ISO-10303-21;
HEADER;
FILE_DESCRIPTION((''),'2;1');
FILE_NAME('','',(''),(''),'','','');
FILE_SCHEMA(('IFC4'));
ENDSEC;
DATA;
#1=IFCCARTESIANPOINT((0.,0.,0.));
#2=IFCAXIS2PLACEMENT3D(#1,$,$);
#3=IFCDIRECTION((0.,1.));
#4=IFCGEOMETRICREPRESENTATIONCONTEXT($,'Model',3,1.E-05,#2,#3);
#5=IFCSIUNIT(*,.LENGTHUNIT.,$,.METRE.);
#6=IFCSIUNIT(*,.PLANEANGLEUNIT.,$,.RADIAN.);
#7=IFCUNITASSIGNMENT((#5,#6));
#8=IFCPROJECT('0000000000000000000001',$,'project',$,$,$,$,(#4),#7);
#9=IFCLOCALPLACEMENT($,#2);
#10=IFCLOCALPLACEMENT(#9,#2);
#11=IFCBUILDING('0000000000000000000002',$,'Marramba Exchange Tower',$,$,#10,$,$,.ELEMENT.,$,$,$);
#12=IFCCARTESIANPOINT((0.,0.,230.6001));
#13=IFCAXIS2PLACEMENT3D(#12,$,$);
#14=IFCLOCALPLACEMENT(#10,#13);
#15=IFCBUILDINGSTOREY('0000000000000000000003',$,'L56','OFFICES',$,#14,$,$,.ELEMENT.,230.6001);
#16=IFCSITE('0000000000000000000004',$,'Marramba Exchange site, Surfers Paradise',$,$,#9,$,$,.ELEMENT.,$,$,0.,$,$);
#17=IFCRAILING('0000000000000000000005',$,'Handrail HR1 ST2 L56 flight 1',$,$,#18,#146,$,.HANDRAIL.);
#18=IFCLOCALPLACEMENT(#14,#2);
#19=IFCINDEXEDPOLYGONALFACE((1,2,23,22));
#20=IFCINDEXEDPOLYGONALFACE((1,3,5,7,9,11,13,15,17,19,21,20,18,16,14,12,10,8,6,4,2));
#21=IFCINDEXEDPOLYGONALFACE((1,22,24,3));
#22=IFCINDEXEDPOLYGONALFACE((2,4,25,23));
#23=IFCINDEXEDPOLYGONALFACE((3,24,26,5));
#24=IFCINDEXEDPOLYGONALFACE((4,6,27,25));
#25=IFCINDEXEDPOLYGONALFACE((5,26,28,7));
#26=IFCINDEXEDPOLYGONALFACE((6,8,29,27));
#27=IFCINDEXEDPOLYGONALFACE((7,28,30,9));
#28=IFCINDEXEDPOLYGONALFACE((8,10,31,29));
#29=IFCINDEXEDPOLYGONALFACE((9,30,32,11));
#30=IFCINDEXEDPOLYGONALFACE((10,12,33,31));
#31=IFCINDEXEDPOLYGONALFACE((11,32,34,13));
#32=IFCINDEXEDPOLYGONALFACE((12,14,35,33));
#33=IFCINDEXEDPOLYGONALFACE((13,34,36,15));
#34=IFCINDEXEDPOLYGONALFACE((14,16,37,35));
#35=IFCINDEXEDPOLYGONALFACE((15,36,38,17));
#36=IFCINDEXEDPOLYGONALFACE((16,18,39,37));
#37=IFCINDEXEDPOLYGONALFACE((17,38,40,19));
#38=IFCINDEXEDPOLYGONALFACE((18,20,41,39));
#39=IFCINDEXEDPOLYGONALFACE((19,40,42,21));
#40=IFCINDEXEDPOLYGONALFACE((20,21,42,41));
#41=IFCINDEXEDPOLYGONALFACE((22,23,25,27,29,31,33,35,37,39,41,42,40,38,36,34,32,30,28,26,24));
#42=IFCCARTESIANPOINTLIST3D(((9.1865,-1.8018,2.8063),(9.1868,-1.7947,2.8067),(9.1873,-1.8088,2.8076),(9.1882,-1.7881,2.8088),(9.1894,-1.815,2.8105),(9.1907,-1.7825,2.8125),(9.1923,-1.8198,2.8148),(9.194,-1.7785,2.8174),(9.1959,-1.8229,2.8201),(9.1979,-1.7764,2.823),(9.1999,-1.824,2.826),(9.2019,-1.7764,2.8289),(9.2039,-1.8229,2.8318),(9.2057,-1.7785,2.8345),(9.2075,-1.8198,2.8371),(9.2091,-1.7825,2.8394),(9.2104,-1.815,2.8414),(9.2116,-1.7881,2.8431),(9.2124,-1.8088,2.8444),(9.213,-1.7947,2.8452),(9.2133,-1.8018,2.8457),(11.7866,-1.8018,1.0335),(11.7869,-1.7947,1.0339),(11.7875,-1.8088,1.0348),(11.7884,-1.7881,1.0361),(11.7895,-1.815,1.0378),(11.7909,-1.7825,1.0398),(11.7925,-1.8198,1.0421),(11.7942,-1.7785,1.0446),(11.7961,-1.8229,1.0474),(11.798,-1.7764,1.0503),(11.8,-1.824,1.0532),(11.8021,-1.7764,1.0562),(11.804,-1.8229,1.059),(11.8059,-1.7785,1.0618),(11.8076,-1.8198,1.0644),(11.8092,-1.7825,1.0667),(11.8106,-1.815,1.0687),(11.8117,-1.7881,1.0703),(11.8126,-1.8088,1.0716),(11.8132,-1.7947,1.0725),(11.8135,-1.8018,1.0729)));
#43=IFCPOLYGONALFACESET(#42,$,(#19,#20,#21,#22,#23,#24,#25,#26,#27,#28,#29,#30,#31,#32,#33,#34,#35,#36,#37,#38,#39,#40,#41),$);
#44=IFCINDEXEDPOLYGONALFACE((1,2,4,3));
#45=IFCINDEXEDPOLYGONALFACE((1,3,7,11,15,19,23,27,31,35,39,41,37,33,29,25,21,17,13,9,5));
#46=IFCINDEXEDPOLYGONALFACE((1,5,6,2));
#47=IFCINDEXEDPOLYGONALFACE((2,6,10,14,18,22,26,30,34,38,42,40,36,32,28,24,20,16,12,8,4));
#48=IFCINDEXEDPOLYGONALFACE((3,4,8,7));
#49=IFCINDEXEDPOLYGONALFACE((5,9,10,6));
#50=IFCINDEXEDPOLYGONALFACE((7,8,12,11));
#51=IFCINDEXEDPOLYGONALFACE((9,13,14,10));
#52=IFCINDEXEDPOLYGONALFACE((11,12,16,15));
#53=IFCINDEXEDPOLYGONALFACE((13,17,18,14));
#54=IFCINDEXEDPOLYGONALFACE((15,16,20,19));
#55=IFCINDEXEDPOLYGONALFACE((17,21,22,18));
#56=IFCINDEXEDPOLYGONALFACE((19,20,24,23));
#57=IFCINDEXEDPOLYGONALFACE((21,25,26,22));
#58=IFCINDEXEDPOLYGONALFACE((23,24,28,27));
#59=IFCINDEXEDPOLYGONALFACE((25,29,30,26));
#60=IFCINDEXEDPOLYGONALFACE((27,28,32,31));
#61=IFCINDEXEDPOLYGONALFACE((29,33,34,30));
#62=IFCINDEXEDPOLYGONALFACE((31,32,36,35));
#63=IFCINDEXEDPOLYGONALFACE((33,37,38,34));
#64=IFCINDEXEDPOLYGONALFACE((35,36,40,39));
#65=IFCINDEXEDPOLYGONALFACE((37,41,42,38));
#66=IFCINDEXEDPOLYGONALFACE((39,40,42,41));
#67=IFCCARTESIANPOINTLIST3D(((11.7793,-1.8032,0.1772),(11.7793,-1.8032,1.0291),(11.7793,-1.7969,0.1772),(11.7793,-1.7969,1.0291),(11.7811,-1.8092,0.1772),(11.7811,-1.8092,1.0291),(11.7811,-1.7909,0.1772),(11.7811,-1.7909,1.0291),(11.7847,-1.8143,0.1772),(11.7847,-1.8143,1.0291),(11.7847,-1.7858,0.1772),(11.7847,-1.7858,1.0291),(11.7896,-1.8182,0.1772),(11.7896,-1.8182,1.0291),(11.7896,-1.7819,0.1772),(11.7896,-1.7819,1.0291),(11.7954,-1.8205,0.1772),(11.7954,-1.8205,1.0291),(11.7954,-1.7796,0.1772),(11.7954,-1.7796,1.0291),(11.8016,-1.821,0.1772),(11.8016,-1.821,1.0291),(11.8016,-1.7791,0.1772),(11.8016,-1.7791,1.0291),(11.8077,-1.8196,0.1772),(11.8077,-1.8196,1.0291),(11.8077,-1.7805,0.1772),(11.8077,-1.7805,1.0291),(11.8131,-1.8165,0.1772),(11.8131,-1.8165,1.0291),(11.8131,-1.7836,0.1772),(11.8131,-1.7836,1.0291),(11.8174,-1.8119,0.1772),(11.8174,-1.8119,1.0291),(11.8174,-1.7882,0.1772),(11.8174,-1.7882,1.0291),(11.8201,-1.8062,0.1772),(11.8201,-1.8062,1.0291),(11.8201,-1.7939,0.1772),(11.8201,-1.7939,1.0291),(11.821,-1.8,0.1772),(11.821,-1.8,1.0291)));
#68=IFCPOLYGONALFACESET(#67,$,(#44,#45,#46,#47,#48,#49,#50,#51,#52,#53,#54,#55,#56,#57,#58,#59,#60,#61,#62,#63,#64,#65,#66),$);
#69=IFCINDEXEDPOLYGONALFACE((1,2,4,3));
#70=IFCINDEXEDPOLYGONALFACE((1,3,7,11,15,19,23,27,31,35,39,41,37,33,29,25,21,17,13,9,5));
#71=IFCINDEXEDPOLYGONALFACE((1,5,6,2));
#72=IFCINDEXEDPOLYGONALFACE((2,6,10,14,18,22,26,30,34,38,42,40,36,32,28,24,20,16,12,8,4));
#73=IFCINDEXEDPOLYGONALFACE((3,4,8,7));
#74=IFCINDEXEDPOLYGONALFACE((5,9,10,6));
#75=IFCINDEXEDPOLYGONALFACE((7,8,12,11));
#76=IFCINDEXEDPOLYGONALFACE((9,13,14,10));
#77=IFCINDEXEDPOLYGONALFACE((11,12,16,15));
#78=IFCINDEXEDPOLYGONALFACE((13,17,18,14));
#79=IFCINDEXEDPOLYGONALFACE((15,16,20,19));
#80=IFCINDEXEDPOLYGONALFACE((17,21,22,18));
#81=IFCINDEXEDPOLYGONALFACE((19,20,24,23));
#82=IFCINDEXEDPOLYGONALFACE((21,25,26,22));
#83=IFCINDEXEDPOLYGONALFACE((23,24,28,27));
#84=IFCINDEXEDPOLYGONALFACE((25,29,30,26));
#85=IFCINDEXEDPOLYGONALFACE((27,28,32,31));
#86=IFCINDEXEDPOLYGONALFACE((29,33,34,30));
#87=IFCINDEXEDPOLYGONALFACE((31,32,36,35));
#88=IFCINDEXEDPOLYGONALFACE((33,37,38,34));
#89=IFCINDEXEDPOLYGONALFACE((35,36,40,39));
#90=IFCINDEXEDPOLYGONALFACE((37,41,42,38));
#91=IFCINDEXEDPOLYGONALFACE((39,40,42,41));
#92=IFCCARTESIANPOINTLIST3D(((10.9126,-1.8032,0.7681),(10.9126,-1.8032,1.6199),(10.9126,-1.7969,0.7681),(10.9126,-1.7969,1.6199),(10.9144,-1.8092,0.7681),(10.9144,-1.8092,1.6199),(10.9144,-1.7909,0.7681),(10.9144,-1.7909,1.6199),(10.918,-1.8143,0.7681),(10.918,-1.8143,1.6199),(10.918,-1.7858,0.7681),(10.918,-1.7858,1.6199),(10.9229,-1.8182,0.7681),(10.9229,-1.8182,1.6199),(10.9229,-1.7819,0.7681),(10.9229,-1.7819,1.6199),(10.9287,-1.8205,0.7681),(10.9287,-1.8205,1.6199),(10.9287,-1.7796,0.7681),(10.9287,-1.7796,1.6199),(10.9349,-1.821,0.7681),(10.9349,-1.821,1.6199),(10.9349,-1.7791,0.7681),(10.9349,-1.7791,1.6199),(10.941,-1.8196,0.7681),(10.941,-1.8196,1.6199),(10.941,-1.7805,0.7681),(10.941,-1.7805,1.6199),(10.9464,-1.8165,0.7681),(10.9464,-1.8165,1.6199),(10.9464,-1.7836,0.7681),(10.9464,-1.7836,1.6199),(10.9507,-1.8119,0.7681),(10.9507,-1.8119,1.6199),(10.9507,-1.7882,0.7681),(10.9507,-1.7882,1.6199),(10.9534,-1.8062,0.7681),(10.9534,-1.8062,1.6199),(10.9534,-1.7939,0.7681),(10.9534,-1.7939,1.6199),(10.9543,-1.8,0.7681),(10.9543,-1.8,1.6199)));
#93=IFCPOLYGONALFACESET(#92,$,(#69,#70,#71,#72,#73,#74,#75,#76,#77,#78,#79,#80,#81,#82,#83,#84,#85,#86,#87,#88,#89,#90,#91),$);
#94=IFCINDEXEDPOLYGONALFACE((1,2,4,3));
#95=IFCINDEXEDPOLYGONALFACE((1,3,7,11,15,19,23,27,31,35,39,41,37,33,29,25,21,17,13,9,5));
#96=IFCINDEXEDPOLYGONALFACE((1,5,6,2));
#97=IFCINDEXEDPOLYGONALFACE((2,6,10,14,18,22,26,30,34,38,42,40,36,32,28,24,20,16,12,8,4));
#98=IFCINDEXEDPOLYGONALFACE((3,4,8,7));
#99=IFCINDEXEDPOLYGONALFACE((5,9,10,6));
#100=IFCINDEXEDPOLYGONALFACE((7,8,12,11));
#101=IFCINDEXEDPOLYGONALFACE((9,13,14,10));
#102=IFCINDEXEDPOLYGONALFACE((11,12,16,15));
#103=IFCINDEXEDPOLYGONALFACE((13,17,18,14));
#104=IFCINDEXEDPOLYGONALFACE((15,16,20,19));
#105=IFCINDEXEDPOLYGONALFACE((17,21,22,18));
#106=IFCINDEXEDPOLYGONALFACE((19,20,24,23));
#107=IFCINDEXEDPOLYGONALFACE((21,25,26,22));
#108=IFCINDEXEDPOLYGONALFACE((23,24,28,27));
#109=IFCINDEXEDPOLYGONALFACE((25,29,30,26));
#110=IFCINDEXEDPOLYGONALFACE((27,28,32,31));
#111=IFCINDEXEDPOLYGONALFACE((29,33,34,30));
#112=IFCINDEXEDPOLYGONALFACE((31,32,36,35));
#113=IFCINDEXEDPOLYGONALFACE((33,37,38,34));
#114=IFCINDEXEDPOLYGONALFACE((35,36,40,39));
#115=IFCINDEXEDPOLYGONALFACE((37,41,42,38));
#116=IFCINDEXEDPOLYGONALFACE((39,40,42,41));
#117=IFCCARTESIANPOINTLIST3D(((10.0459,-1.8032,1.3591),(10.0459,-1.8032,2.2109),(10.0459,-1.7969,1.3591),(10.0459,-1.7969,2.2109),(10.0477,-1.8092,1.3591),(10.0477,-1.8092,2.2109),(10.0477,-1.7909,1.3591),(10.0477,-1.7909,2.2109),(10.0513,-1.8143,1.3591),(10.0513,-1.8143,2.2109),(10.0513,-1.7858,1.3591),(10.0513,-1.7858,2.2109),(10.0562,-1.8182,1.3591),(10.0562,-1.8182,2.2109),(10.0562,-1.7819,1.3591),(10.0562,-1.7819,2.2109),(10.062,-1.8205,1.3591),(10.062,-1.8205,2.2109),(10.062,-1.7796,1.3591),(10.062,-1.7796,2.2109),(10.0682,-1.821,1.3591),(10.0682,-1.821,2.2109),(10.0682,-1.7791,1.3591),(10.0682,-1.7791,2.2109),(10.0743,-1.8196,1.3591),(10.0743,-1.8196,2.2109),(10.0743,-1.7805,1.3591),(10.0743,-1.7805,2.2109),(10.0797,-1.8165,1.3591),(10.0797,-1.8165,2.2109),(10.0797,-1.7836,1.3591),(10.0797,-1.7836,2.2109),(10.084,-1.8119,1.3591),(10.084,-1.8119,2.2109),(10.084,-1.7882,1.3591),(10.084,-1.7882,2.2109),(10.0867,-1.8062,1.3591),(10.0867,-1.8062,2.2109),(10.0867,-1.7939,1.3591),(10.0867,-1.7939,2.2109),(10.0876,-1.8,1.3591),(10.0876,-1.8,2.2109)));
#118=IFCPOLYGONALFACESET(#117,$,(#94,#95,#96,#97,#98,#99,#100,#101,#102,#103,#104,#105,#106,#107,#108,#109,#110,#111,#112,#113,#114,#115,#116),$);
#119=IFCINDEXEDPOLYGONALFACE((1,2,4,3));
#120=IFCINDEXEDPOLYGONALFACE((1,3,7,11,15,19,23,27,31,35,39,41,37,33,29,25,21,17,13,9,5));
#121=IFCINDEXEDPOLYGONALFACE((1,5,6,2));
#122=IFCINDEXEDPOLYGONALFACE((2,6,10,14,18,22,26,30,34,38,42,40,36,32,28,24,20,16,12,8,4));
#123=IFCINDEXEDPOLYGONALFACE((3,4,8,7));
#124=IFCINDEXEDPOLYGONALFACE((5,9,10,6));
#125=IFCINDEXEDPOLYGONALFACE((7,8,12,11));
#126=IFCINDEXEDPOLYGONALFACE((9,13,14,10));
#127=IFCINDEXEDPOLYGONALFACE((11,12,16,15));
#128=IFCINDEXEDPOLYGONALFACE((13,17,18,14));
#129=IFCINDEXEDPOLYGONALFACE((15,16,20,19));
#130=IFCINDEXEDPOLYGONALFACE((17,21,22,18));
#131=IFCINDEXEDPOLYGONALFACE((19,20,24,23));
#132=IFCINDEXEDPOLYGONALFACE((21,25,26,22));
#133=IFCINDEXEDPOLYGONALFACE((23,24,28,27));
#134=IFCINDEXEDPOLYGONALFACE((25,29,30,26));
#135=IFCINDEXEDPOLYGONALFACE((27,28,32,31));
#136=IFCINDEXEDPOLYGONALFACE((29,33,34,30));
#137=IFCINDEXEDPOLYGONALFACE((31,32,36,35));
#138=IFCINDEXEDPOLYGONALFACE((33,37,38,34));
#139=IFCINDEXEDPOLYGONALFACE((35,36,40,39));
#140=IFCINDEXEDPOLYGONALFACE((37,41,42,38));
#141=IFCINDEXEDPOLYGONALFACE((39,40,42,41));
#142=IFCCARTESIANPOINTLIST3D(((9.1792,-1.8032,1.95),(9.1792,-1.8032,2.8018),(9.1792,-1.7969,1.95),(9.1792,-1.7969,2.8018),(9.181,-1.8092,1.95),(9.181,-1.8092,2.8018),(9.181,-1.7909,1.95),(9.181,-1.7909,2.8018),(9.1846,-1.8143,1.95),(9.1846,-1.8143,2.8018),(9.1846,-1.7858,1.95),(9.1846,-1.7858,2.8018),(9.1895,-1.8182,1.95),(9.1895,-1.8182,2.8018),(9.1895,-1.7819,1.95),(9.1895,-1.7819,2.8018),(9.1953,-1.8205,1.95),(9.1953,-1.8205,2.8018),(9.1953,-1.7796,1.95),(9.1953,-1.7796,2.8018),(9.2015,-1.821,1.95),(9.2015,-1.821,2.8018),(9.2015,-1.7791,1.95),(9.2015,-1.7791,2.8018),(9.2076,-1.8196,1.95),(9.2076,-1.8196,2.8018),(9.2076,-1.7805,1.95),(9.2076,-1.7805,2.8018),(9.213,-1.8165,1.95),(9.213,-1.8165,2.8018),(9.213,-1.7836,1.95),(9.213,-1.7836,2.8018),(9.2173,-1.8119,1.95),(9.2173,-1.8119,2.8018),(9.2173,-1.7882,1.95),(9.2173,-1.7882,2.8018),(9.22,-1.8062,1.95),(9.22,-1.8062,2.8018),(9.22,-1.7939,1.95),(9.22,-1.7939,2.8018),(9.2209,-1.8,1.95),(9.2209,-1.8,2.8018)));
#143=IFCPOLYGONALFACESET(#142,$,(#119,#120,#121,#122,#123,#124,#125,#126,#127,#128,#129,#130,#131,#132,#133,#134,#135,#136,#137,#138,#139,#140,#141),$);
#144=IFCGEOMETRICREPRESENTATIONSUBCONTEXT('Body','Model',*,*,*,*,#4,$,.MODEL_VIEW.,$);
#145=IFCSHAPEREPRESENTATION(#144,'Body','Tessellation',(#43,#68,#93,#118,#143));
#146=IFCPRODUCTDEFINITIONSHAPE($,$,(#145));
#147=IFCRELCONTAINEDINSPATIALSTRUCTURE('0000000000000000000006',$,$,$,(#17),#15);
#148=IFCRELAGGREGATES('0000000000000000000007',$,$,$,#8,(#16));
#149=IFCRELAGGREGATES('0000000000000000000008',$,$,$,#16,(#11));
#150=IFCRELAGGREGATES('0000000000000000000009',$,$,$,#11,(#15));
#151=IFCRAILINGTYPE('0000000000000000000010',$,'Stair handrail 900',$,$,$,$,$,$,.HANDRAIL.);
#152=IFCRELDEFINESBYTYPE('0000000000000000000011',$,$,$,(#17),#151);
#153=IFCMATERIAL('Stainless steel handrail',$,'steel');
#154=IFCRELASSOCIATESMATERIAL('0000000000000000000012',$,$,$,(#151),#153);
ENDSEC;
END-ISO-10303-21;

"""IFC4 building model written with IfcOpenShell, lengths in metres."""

from ifc_helpers import new_model, si_unit, direction, frame, origin, origin_2d, place, context, subcontext, project, spatial, circle, extrude, material, type_object, element, save


model = new_model("IFC4")

# Units and contexts
model_context = context("Model", 3, precision=1e-05, world=origin(), true_north=direction((0.0, 1.0)))
body_context = subcontext(model_context, "Body", "Model", "MODEL_VIEW")
ifc_project = project(units=[si_unit("LENGTHUNIT", "METRE"), si_unit("PLANEANGLEUNIT", "RADIAN")], contexts=[model_context])

# Site, building, storey
site_placement = place(None, origin())
site = spatial("IfcSite", under=ifc_project, at=site_placement, Name="Marramba Exchange site, Surfers Paradise", CompositionType="ELEMENT", RefElevation=0.0)
building_placement = place(site_placement, origin())
building = spatial("IfcBuilding", under=site, at=building_placement, Name="Marramba Exchange Tower", CompositionType="ELEMENT")
storey_placement = place(building_placement, frame((0.0, 0.0, 230.6001)))
storey = spatial("IfcBuildingStorey", under=building, at=storey_placement, Name="L56", Description="OFFICES", CompositionType="ELEMENT", Elevation=230.6001)

# Railing
ifc_material_1 = material(Name="Stainless steel handrail", Category="steel")
railing_type = type_object("IfcRailingType", Name="Stair handrail 900", PredefinedType="HANDRAIL", material=ifc_material_1)
railing_placement = place(storey_placement, frame((11.8, -1.8, 0.1772)))
element("IfcRailing", 1, at=railing_placement, inside=storey, type_object=railing_type, Name="Handrail HR1 ST2 L56 flight 1", PredefinedType="HANDRAIL", context=body_context, shape_type="SweptSolid", body=[
    extrude(circle(Radius=0.0239, at=origin_2d()), frame((0.0, 0.0, 0.876), z_axis=(-0.82624, 0.0, 0.563318), x_axis=(0.0, -1.0, 0.0)), (0.0, 0.0, 1.0), 3.147),
    extrude(circle(Radius=0.021, at=origin_2d()), origin(), (0.0, 0.0, 1.0), 0.8518),
    extrude(circle(Radius=0.021, at=origin_2d()), frame((-0.8667, 0.0, 0.5908)), (0.0, 0.0, 1.0), 0.8518),
    extrude(circle(Radius=0.021, at=origin_2d()), frame((-1.7334, 0.0, 1.1819)), (0.0, 0.0, 1.0), 0.8518),
    extrude(circle(Radius=0.021, at=origin_2d()), frame((-2.6001, 0.0, 1.7727)), (0.0, 0.0, 1.0), 0.8518),
])

save(model, "model.ifc")
